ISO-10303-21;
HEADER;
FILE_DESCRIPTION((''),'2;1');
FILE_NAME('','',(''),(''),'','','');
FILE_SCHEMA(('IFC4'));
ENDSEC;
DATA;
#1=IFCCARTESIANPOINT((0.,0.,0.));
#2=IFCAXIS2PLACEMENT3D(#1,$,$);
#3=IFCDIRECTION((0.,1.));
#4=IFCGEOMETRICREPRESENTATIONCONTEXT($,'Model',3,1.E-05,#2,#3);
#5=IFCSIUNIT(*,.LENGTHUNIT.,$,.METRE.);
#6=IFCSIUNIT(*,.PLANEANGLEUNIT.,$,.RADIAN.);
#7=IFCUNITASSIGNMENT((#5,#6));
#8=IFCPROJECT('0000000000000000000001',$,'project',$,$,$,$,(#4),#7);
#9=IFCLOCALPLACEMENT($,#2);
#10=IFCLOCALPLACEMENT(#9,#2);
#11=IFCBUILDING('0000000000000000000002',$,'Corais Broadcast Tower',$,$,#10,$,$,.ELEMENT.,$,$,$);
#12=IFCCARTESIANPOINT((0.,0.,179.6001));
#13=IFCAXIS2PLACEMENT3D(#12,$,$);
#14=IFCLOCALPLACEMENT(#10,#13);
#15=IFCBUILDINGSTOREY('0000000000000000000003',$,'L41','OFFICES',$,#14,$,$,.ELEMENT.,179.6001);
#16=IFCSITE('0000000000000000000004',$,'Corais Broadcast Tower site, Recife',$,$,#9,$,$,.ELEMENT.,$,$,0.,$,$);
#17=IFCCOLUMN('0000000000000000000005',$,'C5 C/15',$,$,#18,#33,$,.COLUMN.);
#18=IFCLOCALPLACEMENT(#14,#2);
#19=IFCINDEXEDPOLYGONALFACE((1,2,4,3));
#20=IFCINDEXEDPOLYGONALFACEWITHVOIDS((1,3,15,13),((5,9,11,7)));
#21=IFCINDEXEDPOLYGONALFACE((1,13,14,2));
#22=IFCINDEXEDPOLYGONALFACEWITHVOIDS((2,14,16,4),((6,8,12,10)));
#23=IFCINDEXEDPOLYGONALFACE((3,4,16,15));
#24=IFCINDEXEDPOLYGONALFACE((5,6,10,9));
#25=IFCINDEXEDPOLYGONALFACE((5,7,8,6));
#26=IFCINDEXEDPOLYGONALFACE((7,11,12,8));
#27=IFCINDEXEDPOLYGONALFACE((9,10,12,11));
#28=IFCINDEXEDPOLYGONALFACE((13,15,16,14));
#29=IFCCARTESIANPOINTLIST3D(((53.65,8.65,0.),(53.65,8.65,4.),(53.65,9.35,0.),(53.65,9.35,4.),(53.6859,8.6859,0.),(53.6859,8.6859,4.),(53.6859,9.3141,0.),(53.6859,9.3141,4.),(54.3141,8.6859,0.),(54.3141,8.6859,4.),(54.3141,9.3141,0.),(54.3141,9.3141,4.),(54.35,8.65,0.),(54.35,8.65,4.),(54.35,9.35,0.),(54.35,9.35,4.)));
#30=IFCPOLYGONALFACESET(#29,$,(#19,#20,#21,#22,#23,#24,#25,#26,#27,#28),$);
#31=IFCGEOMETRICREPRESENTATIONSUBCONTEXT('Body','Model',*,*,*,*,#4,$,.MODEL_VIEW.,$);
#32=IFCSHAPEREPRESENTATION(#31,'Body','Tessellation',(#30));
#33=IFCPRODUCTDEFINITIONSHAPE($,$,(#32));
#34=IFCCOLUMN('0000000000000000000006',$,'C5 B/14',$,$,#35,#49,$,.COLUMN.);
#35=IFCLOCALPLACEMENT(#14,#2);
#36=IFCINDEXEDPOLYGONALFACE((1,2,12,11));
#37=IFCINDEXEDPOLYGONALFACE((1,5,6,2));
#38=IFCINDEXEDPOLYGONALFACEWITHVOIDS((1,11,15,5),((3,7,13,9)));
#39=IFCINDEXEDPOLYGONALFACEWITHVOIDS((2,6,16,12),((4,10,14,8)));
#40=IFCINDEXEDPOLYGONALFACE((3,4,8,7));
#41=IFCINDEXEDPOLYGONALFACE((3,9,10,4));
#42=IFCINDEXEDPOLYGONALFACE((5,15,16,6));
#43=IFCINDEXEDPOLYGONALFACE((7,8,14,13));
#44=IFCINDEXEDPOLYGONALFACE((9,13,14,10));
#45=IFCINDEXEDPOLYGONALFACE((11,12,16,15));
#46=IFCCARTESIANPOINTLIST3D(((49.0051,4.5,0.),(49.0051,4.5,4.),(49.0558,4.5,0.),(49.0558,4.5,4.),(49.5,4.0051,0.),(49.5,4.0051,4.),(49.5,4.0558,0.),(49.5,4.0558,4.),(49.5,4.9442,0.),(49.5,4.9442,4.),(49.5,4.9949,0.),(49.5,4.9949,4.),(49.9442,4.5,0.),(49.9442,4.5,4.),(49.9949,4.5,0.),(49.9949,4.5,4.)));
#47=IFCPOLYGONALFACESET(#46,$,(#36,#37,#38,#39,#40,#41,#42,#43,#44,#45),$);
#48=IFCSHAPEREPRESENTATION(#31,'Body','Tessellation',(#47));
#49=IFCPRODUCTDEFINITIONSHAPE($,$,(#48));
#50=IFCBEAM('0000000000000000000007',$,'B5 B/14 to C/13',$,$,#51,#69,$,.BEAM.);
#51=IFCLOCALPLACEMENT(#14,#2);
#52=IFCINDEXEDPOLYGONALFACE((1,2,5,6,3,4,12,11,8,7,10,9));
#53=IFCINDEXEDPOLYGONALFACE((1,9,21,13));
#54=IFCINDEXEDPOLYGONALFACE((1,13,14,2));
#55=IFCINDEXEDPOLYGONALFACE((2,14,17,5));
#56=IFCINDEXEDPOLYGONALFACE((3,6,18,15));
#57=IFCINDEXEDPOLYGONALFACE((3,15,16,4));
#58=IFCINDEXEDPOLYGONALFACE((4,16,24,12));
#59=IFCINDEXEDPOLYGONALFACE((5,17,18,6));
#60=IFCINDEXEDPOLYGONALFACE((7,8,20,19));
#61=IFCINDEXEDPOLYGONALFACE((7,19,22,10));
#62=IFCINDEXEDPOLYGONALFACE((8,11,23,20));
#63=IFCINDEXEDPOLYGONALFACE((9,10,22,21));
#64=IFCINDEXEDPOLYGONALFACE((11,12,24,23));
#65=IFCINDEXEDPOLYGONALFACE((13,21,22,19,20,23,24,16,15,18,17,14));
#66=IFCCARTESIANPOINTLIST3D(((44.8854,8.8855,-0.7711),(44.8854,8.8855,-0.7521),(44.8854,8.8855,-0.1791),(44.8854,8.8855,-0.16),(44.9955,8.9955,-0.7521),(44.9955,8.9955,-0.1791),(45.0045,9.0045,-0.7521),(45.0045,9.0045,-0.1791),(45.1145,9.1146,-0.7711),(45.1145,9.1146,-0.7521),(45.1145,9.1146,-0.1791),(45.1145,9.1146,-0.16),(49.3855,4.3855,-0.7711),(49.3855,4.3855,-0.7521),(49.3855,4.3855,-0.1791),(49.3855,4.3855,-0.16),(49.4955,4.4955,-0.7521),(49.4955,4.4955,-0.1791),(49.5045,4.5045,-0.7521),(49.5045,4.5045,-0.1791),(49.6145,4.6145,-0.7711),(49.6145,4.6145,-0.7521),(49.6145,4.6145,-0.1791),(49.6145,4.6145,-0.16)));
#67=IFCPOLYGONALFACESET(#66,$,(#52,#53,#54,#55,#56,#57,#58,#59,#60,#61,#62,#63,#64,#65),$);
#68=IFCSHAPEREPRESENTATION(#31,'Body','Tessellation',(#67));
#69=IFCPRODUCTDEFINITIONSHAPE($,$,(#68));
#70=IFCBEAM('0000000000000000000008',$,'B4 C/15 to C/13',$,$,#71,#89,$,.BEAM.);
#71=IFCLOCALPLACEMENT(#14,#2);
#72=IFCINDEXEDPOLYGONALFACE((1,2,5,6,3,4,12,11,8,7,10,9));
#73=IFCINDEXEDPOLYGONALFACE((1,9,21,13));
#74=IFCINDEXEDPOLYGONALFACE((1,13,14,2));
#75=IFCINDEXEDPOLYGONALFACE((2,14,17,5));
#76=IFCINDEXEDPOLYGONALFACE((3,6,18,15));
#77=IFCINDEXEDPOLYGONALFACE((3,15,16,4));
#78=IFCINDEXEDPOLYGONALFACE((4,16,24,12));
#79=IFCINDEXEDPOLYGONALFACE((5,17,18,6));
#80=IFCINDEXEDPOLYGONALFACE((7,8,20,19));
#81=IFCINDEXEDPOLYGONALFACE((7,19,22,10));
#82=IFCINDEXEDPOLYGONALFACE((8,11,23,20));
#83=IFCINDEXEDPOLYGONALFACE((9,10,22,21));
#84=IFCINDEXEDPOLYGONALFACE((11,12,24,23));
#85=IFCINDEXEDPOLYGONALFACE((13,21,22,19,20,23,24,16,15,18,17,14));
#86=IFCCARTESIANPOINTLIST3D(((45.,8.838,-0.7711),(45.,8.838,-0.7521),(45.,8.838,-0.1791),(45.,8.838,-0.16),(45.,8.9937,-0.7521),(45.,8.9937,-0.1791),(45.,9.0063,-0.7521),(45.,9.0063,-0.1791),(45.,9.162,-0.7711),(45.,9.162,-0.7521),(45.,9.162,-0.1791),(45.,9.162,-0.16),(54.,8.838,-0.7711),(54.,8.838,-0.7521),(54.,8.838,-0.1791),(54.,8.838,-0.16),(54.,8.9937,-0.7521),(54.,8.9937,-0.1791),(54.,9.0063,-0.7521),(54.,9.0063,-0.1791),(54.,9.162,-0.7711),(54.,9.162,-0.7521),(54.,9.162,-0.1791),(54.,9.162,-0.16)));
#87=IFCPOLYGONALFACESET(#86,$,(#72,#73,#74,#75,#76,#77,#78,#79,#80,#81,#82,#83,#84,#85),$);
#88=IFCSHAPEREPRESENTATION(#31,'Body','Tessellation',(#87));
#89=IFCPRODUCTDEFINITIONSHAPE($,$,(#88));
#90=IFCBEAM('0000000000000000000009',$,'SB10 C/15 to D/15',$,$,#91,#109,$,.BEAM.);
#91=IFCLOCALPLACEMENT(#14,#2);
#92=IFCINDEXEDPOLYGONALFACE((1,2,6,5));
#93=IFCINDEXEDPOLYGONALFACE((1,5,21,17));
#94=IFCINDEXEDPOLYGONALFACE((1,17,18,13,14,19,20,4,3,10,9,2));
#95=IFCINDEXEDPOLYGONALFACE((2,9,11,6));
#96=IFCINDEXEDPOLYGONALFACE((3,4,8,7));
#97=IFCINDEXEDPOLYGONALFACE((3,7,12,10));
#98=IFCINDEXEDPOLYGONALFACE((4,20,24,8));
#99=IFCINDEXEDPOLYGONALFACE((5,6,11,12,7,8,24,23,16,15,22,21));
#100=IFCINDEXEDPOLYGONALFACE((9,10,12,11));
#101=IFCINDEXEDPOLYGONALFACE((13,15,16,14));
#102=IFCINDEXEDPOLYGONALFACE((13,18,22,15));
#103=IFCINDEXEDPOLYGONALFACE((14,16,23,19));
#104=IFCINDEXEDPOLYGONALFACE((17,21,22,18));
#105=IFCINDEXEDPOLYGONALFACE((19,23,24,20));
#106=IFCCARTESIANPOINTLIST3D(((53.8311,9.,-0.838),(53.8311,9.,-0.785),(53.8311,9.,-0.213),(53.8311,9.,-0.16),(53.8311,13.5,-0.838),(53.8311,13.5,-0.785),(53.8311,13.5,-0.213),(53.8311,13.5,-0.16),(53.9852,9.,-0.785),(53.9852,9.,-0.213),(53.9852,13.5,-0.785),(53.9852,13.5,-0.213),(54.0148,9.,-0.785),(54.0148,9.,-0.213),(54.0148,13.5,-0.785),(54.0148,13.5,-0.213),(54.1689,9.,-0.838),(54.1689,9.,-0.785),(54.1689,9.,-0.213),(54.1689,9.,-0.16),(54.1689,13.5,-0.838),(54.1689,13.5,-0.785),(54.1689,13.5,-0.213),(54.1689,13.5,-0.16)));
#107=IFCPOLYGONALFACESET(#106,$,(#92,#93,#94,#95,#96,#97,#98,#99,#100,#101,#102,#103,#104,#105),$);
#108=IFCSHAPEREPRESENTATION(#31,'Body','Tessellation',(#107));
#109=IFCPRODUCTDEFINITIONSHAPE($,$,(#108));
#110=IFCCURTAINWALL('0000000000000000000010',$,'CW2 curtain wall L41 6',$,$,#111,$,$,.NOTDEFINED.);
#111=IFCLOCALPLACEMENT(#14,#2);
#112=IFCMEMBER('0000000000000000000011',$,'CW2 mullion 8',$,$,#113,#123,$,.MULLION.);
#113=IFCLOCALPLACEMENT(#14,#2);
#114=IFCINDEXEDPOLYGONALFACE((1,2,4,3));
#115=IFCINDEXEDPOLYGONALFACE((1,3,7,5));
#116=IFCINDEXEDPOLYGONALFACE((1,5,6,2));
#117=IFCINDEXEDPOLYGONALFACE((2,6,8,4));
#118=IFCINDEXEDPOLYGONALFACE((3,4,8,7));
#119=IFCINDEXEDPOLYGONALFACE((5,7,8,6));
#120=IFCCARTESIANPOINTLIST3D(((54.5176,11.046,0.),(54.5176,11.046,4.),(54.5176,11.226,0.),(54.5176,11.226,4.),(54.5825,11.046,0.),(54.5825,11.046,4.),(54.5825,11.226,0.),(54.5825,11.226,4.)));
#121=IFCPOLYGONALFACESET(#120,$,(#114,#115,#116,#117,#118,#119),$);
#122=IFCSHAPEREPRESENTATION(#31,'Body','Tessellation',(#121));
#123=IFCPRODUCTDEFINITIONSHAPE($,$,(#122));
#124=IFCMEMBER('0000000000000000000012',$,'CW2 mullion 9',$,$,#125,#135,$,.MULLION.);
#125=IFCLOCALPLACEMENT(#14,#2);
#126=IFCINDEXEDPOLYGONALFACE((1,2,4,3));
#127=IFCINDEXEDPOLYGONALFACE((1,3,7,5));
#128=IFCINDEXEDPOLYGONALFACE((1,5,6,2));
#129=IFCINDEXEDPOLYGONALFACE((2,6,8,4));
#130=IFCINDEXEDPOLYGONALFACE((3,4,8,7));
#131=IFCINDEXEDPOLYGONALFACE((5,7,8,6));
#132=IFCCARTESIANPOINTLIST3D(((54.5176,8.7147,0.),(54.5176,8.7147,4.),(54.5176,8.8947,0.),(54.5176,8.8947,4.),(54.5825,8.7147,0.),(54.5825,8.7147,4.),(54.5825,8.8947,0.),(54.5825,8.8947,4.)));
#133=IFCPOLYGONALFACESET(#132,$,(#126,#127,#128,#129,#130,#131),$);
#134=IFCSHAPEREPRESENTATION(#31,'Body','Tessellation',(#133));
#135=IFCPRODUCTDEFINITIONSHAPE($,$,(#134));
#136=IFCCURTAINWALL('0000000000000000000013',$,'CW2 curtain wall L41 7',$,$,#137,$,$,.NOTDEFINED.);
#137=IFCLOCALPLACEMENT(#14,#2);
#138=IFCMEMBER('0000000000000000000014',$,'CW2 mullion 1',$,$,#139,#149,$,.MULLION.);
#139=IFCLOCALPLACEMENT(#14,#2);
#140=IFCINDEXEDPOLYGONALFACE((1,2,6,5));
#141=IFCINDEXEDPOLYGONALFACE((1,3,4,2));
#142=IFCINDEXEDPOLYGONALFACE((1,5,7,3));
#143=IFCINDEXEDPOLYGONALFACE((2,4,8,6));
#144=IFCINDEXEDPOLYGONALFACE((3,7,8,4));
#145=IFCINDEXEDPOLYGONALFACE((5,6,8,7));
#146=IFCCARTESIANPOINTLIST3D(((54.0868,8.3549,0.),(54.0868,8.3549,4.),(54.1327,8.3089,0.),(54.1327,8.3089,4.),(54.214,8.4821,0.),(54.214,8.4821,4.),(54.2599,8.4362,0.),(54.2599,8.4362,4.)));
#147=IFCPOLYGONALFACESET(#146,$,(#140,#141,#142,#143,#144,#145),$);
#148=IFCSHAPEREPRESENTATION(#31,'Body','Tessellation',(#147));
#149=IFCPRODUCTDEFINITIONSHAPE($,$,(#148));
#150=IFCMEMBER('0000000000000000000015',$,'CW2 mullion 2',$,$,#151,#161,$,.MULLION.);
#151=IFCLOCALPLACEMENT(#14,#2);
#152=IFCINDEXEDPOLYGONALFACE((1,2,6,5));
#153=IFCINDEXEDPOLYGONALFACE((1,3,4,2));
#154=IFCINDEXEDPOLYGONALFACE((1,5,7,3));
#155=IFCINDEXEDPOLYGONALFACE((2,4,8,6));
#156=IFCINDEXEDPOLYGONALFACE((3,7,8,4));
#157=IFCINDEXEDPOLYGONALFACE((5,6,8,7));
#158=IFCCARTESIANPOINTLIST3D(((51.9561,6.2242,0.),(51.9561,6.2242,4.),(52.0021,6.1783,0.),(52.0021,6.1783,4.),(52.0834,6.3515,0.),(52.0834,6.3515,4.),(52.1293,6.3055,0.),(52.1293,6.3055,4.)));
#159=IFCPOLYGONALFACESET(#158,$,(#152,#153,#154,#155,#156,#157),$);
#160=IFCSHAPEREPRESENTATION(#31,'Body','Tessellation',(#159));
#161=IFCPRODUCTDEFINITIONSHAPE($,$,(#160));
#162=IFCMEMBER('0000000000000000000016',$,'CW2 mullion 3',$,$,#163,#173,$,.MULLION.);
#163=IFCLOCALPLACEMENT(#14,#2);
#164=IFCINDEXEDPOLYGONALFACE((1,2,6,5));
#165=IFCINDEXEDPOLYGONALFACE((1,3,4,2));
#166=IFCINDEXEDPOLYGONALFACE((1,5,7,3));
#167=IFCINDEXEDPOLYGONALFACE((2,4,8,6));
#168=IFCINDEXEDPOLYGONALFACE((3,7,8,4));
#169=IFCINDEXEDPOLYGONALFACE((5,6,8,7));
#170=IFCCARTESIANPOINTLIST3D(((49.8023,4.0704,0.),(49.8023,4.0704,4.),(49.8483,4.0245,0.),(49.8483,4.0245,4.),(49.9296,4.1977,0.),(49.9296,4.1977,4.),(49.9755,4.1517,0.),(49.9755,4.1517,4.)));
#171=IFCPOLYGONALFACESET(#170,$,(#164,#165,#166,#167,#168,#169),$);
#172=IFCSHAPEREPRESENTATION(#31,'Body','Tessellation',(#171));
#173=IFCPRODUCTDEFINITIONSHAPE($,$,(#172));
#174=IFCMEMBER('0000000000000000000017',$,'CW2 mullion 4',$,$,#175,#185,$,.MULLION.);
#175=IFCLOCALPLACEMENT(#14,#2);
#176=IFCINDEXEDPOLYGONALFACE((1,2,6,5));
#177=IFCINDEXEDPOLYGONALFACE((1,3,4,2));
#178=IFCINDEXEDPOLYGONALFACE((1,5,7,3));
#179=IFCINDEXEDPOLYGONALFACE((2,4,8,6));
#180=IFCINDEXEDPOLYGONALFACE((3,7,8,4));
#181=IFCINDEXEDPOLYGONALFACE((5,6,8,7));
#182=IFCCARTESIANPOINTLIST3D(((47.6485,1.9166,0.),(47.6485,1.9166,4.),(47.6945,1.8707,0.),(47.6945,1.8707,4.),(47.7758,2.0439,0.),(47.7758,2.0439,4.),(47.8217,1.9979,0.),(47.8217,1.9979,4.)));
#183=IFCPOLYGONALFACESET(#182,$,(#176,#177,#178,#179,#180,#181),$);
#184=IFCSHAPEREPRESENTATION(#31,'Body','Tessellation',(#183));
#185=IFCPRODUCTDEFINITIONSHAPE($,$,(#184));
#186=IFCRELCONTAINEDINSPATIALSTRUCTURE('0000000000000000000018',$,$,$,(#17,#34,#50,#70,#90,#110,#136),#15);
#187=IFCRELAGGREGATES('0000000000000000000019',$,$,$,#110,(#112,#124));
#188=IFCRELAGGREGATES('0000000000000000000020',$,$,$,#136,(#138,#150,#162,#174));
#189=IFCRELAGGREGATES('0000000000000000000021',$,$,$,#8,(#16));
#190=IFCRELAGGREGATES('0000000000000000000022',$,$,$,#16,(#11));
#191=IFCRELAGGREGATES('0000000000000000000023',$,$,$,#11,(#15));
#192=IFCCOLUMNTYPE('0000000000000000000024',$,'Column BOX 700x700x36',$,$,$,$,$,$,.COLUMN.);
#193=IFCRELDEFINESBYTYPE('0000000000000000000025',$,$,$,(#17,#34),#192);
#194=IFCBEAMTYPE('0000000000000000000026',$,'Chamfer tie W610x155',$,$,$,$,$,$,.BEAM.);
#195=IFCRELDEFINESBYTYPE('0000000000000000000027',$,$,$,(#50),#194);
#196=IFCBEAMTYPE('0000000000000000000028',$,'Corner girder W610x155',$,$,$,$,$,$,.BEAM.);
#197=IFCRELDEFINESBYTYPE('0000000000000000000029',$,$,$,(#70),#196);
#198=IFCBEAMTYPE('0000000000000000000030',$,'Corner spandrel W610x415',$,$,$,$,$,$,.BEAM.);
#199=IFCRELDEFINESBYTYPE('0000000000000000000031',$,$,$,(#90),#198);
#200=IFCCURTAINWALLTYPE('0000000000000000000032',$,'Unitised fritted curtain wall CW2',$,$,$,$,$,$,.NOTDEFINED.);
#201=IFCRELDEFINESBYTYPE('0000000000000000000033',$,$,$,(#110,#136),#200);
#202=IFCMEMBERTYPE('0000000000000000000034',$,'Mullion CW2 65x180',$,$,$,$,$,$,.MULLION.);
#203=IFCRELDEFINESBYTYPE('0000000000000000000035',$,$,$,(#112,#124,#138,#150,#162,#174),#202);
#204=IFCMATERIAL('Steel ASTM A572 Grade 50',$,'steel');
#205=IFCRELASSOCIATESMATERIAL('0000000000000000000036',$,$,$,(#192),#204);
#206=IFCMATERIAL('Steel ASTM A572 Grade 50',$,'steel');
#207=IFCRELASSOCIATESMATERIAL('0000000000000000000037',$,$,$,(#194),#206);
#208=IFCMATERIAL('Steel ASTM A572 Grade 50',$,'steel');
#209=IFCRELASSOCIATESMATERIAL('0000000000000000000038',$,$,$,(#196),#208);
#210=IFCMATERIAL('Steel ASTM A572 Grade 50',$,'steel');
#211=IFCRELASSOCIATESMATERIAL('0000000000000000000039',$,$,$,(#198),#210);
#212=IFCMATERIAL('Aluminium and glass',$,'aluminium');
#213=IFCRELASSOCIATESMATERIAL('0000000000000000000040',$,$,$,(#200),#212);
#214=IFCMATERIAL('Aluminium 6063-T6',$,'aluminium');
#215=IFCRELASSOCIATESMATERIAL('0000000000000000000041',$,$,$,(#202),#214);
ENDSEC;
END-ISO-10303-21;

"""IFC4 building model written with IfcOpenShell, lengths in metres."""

from ifc_helpers import new_model, si_unit, direction, frame, origin, origin_2d, place, context, subcontext, project, spatial, rectangle, hollow_rectangle, i_section, extrude, material, material_profile, profile_set, type_object, element, aggregate, save


model = new_model("IFC4")

# Units and contexts
model_context = context("Model", 3, precision=1e-05, world=origin(), true_north=direction((0.0, 1.0)))
body_context = subcontext(model_context, "Body", "Model", "MODEL_VIEW")
ifc_project = project(units=[si_unit("LENGTHUNIT", "METRE"), si_unit("PLANEANGLEUNIT", "RADIAN")], contexts=[model_context])

# Site, building, storey
site_placement = place(None, origin())
site = spatial("IfcSite", under=ifc_project, at=site_placement, Name="Corais Broadcast Tower site, Recife", CompositionType="ELEMENT", RefElevation=0.0)
building_placement = place(site_placement, origin())
building = spatial("IfcBuilding", under=site, at=building_placement, Name="Corais Broadcast Tower", CompositionType="ELEMENT")
storey_placement = place(building_placement, frame((0.0, 0.0, 179.6001)))
storey = spatial("IfcBuildingStorey", under=building, at=storey_placement, Name="L41", Description="OFFICES", CompositionType="ELEMENT", Elevation=179.6001)

# Columns
ifc_material_1 = material(Name="Steel ASTM A572 Grade 50", Category="steel")
ifc_material_profile_1 = material_profile(ifc_material_1, hollow_rectangle(XDim=0.7, YDim=0.7, WallThickness=0.0359, at=origin_2d()), Name="BOX 700x700x36")
ifc_profile_set_1 = profile_set([ifc_material_profile_1], Name="Steel ASTM A572 Grade 50")
column_type = type_object("IfcColumnType", Name="Column BOX 700x700x36", PredefinedType="COLUMN", material=ifc_profile_set_1)
for number, where, z_axis, x_axis, name in (
    (1, (54.0, 9.0, 0.0), (0.0, 0.0, 1.0), (1.0, 0.0, 0.0), "C5 C/15"),
    (2, (49.5, 4.5, 0.0), (0.0, 0.0, 1.0), (0.707107, 0.707107, 0.0), "C5 B/14"),
):
    element("IfcColumn", number, at=place(storey_placement, frame(where, z_axis=z_axis, x_axis=x_axis)), inside=storey, type_object=column_type, Name=name, PredefinedType="COLUMN", context=body_context, shape_type="SweptSolid", body=[
        extrude(hollow_rectangle(XDim=0.7, YDim=0.7, WallThickness=0.0359, at=origin_2d()), origin(), (0.0, 0.0, 1.0), 4.0),
    ])

# Beams
ifc_material_2 = material(Name="Steel ASTM A572 Grade 50", Category="steel")
ifc_material_profile_2 = material_profile(ifc_material_2, i_section(OverallWidth=0.324, OverallDepth=0.6111, WebThickness=0.0127, FlangeThickness=0.019, at=origin_2d()), Name="W610x155")
ifc_profile_set_2 = profile_set([ifc_material_profile_2], Name="Steel ASTM A572 Grade 50")
beam_type_1 = type_object("IfcBeamType", Name="Chamfer tie W610x155", PredefinedType="BEAM", material=ifc_profile_set_2)
beam_1_placement = place(storey_placement, frame((49.5, 4.5, -0.4656), z_axis=(-0.707107, 0.707107, 0.0), x_axis=(-0.707107, -0.707107, 0.0)))
element("IfcBeam", 3, at=beam_1_placement, inside=storey, type_object=beam_type_1, Name="B5 B/14 to C/13", PredefinedType="BEAM", context=body_context, shape_type="SweptSolid", body=[
    extrude(i_section(OverallWidth=0.324, OverallDepth=0.6111, WebThickness=0.0127, FlangeThickness=0.019, at=origin_2d()), origin(), (0.0, 0.0, 1.0), 6.364),
])
ifc_material_3 = material(Name="Steel ASTM A572 Grade 50", Category="steel")
ifc_material_profile_3 = material_profile(ifc_material_3, i_section(OverallWidth=0.324, OverallDepth=0.6111, WebThickness=0.0127, FlangeThickness=0.019, at=origin_2d()), Name="W610x155")
ifc_profile_set_3 = profile_set([ifc_material_profile_3], Name="Steel ASTM A572 Grade 50")
beam_type_2 = type_object("IfcBeamType", Name="Corner girder W610x155", PredefinedType="BEAM", material=ifc_profile_set_3)
beam_2_placement = place(storey_placement, frame((54.0, 9.0, -0.4656), z_axis=(-1.0, 0.0, 0.0), x_axis=(0.0, -1.0, 0.0)))
element("IfcBeam", 4, at=beam_2_placement, inside=storey, type_object=beam_type_2, Name="B4 C/15 to C/13", PredefinedType="BEAM", context=body_context, shape_type="SweptSolid", body=[
    extrude(i_section(OverallWidth=0.324, OverallDepth=0.6111, WebThickness=0.0127, FlangeThickness=0.019, at=origin_2d()), origin(), (0.0, 0.0, 1.0), 9.0),
])
ifc_material_4 = material(Name="Steel ASTM A572 Grade 50", Category="steel")
ifc_material_profile_4 = material_profile(ifc_material_4, i_section(OverallWidth=0.3379, OverallDepth=0.678, WebThickness=0.0295, FlangeThickness=0.053, at=origin_2d()), Name="W610x415")
ifc_profile_set_4 = profile_set([ifc_material_profile_4], Name="Steel ASTM A572 Grade 50")
beam_type_3 = type_object("IfcBeamType", Name="Corner spandrel W610x415", PredefinedType="BEAM", material=ifc_profile_set_4)
beam_3_placement = place(storey_placement, frame((54.0, 9.0, -0.499), z_axis=(0.0, 1.0, 0.0), x_axis=(-1.0, 0.0, 0.0)))
element("IfcBeam", 5, at=beam_3_placement, inside=storey, type_object=beam_type_3, Name="SB10 C/15 to D/15", PredefinedType="BEAM", context=body_context, shape_type="SweptSolid", body=[
    extrude(i_section(OverallWidth=0.3379, OverallDepth=0.678, WebThickness=0.0295, FlangeThickness=0.053, at=origin_2d()), origin(), (0.0, 0.0, 1.0), 4.5),
])

# Curtain walls, members
ifc_material_5 = material(Name="Aluminium and glass", Category="aluminium")
curtain_wall_type = type_object("IfcCurtainWallType", Name="Unitised fritted curtain wall CW2", PredefinedType="NOTDEFINED", material=ifc_material_5)
curtain_wall_1_placement = place(storey_placement, origin())
curtain_wall_1 = element("IfcCurtainWall", 6, at=curtain_wall_1_placement, inside=storey, type_object=curtain_wall_type, Name="CW2 curtain wall L41 6", PredefinedType="NOTDEFINED")
ifc_material_6 = material(Name="Aluminium 6063-T6", Category="aluminium")
ifc_material_profile_5 = material_profile(ifc_material_6, rectangle(XDim=0.0649, YDim=0.1799, at=origin_2d()), Name="Mullion CW2 65x180")
ifc_profile_set_5 = profile_set([ifc_material_profile_5], Name="Aluminium 6063-T6")
member_type_1 = type_object("IfcMemberType", Name="Mullion CW2 65x180", PredefinedType="MULLION", material=ifc_profile_set_5)
member_1_placement = place(storey_placement, frame((54.55, 11.136, 0.0), z_axis=(0.0, 0.0, 1.0), x_axis=(1.0, 0.0, 0.0)))
member_1 = element("IfcMember", 7, at=member_1_placement, type_object=member_type_1, Name="CW2 mullion 8", PredefinedType="MULLION", context=body_context, shape_type="SweptSolid", body=[
    extrude(rectangle(XDim=0.0649, YDim=0.1799, at=origin_2d()), origin(), (0.0, 0.0, 1.0), 4.0),
])
member_2_placement = place(storey_placement, frame((54.55, 8.8047, 0.0), z_axis=(0.0, 0.0, 1.0), x_axis=(1.0, 0.0, 0.0)))
member_2 = element("IfcMember", 8, at=member_2_placement, type_object=member_type_1, Name="CW2 mullion 9", PredefinedType="MULLION", context=body_context, shape_type="SweptSolid", body=[
    extrude(rectangle(XDim=0.0649, YDim=0.1799, at=origin_2d()), origin(), (0.0, 0.0, 1.0), 4.0),
])
curtain_wall_2_placement = place(storey_placement, origin())
curtain_wall_2 = element("IfcCurtainWall", 9, at=curtain_wall_2_placement, inside=storey, type_object=curtain_wall_type, Name="CW2 curtain wall L41 7", PredefinedType="NOTDEFINED")
member_3_placement = place(storey_placement, frame((54.1733, 8.3955, 0.0), z_axis=(0.0, 0.0, 1.0), x_axis=(0.707107, -0.707107, 0.0)))
member_3 = element("IfcMember", 10, at=member_3_placement, type_object=member_type_1, Name="CW2 mullion 1", PredefinedType="MULLION", context=body_context, shape_type="SweptSolid", body=[
    extrude(rectangle(XDim=0.0649, YDim=0.1799, at=origin_2d()), origin(), (0.0, 0.0, 1.0), 4.0),
])
member_4_placement = place(storey_placement, frame((52.0427, 6.2649, 0.0), z_axis=(0.0, 0.0, 1.0), x_axis=(0.707107, -0.707107, 0.0)))
member_4 = element("IfcMember", 11, at=member_4_placement, type_object=member_type_1, Name="CW2 mullion 2", PredefinedType="MULLION", context=body_context, shape_type="SweptSolid", body=[
    extrude(rectangle(XDim=0.0649, YDim=0.1799, at=origin_2d()), origin(), (0.0, 0.0, 1.0), 4.0),
])
member_5_placement = place(storey_placement, frame((49.8889, 4.1111, 0.0), z_axis=(0.0, 0.0, 1.0), x_axis=(0.707107, -0.707107, 0.0)))
member_5 = element("IfcMember", 12, at=member_5_placement, type_object=member_type_1, Name="CW2 mullion 3", PredefinedType="MULLION", context=body_context, shape_type="SweptSolid", body=[
    extrude(rectangle(XDim=0.0649, YDim=0.1799, at=origin_2d()), origin(), (0.0, 0.0, 1.0), 4.0),
])
member_6_placement = place(storey_placement, frame((47.7351, 1.9573, 0.0), z_axis=(0.0, 0.0, 1.0), x_axis=(0.707107, -0.707107, 0.0)))
member_6 = element("IfcMember", 13, at=member_6_placement, type_object=member_type_1, Name="CW2 mullion 4", PredefinedType="MULLION", context=body_context, shape_type="SweptSolid", body=[
    extrude(rectangle(XDim=0.0649, YDim=0.1799, at=origin_2d()), origin(), (0.0, 0.0, 1.0), 4.0),
])

aggregate(curtain_wall_1, [member_1, member_2])
aggregate(curtain_wall_2, [member_3, member_4, member_5, member_6])

save(model, "model.ifc")
